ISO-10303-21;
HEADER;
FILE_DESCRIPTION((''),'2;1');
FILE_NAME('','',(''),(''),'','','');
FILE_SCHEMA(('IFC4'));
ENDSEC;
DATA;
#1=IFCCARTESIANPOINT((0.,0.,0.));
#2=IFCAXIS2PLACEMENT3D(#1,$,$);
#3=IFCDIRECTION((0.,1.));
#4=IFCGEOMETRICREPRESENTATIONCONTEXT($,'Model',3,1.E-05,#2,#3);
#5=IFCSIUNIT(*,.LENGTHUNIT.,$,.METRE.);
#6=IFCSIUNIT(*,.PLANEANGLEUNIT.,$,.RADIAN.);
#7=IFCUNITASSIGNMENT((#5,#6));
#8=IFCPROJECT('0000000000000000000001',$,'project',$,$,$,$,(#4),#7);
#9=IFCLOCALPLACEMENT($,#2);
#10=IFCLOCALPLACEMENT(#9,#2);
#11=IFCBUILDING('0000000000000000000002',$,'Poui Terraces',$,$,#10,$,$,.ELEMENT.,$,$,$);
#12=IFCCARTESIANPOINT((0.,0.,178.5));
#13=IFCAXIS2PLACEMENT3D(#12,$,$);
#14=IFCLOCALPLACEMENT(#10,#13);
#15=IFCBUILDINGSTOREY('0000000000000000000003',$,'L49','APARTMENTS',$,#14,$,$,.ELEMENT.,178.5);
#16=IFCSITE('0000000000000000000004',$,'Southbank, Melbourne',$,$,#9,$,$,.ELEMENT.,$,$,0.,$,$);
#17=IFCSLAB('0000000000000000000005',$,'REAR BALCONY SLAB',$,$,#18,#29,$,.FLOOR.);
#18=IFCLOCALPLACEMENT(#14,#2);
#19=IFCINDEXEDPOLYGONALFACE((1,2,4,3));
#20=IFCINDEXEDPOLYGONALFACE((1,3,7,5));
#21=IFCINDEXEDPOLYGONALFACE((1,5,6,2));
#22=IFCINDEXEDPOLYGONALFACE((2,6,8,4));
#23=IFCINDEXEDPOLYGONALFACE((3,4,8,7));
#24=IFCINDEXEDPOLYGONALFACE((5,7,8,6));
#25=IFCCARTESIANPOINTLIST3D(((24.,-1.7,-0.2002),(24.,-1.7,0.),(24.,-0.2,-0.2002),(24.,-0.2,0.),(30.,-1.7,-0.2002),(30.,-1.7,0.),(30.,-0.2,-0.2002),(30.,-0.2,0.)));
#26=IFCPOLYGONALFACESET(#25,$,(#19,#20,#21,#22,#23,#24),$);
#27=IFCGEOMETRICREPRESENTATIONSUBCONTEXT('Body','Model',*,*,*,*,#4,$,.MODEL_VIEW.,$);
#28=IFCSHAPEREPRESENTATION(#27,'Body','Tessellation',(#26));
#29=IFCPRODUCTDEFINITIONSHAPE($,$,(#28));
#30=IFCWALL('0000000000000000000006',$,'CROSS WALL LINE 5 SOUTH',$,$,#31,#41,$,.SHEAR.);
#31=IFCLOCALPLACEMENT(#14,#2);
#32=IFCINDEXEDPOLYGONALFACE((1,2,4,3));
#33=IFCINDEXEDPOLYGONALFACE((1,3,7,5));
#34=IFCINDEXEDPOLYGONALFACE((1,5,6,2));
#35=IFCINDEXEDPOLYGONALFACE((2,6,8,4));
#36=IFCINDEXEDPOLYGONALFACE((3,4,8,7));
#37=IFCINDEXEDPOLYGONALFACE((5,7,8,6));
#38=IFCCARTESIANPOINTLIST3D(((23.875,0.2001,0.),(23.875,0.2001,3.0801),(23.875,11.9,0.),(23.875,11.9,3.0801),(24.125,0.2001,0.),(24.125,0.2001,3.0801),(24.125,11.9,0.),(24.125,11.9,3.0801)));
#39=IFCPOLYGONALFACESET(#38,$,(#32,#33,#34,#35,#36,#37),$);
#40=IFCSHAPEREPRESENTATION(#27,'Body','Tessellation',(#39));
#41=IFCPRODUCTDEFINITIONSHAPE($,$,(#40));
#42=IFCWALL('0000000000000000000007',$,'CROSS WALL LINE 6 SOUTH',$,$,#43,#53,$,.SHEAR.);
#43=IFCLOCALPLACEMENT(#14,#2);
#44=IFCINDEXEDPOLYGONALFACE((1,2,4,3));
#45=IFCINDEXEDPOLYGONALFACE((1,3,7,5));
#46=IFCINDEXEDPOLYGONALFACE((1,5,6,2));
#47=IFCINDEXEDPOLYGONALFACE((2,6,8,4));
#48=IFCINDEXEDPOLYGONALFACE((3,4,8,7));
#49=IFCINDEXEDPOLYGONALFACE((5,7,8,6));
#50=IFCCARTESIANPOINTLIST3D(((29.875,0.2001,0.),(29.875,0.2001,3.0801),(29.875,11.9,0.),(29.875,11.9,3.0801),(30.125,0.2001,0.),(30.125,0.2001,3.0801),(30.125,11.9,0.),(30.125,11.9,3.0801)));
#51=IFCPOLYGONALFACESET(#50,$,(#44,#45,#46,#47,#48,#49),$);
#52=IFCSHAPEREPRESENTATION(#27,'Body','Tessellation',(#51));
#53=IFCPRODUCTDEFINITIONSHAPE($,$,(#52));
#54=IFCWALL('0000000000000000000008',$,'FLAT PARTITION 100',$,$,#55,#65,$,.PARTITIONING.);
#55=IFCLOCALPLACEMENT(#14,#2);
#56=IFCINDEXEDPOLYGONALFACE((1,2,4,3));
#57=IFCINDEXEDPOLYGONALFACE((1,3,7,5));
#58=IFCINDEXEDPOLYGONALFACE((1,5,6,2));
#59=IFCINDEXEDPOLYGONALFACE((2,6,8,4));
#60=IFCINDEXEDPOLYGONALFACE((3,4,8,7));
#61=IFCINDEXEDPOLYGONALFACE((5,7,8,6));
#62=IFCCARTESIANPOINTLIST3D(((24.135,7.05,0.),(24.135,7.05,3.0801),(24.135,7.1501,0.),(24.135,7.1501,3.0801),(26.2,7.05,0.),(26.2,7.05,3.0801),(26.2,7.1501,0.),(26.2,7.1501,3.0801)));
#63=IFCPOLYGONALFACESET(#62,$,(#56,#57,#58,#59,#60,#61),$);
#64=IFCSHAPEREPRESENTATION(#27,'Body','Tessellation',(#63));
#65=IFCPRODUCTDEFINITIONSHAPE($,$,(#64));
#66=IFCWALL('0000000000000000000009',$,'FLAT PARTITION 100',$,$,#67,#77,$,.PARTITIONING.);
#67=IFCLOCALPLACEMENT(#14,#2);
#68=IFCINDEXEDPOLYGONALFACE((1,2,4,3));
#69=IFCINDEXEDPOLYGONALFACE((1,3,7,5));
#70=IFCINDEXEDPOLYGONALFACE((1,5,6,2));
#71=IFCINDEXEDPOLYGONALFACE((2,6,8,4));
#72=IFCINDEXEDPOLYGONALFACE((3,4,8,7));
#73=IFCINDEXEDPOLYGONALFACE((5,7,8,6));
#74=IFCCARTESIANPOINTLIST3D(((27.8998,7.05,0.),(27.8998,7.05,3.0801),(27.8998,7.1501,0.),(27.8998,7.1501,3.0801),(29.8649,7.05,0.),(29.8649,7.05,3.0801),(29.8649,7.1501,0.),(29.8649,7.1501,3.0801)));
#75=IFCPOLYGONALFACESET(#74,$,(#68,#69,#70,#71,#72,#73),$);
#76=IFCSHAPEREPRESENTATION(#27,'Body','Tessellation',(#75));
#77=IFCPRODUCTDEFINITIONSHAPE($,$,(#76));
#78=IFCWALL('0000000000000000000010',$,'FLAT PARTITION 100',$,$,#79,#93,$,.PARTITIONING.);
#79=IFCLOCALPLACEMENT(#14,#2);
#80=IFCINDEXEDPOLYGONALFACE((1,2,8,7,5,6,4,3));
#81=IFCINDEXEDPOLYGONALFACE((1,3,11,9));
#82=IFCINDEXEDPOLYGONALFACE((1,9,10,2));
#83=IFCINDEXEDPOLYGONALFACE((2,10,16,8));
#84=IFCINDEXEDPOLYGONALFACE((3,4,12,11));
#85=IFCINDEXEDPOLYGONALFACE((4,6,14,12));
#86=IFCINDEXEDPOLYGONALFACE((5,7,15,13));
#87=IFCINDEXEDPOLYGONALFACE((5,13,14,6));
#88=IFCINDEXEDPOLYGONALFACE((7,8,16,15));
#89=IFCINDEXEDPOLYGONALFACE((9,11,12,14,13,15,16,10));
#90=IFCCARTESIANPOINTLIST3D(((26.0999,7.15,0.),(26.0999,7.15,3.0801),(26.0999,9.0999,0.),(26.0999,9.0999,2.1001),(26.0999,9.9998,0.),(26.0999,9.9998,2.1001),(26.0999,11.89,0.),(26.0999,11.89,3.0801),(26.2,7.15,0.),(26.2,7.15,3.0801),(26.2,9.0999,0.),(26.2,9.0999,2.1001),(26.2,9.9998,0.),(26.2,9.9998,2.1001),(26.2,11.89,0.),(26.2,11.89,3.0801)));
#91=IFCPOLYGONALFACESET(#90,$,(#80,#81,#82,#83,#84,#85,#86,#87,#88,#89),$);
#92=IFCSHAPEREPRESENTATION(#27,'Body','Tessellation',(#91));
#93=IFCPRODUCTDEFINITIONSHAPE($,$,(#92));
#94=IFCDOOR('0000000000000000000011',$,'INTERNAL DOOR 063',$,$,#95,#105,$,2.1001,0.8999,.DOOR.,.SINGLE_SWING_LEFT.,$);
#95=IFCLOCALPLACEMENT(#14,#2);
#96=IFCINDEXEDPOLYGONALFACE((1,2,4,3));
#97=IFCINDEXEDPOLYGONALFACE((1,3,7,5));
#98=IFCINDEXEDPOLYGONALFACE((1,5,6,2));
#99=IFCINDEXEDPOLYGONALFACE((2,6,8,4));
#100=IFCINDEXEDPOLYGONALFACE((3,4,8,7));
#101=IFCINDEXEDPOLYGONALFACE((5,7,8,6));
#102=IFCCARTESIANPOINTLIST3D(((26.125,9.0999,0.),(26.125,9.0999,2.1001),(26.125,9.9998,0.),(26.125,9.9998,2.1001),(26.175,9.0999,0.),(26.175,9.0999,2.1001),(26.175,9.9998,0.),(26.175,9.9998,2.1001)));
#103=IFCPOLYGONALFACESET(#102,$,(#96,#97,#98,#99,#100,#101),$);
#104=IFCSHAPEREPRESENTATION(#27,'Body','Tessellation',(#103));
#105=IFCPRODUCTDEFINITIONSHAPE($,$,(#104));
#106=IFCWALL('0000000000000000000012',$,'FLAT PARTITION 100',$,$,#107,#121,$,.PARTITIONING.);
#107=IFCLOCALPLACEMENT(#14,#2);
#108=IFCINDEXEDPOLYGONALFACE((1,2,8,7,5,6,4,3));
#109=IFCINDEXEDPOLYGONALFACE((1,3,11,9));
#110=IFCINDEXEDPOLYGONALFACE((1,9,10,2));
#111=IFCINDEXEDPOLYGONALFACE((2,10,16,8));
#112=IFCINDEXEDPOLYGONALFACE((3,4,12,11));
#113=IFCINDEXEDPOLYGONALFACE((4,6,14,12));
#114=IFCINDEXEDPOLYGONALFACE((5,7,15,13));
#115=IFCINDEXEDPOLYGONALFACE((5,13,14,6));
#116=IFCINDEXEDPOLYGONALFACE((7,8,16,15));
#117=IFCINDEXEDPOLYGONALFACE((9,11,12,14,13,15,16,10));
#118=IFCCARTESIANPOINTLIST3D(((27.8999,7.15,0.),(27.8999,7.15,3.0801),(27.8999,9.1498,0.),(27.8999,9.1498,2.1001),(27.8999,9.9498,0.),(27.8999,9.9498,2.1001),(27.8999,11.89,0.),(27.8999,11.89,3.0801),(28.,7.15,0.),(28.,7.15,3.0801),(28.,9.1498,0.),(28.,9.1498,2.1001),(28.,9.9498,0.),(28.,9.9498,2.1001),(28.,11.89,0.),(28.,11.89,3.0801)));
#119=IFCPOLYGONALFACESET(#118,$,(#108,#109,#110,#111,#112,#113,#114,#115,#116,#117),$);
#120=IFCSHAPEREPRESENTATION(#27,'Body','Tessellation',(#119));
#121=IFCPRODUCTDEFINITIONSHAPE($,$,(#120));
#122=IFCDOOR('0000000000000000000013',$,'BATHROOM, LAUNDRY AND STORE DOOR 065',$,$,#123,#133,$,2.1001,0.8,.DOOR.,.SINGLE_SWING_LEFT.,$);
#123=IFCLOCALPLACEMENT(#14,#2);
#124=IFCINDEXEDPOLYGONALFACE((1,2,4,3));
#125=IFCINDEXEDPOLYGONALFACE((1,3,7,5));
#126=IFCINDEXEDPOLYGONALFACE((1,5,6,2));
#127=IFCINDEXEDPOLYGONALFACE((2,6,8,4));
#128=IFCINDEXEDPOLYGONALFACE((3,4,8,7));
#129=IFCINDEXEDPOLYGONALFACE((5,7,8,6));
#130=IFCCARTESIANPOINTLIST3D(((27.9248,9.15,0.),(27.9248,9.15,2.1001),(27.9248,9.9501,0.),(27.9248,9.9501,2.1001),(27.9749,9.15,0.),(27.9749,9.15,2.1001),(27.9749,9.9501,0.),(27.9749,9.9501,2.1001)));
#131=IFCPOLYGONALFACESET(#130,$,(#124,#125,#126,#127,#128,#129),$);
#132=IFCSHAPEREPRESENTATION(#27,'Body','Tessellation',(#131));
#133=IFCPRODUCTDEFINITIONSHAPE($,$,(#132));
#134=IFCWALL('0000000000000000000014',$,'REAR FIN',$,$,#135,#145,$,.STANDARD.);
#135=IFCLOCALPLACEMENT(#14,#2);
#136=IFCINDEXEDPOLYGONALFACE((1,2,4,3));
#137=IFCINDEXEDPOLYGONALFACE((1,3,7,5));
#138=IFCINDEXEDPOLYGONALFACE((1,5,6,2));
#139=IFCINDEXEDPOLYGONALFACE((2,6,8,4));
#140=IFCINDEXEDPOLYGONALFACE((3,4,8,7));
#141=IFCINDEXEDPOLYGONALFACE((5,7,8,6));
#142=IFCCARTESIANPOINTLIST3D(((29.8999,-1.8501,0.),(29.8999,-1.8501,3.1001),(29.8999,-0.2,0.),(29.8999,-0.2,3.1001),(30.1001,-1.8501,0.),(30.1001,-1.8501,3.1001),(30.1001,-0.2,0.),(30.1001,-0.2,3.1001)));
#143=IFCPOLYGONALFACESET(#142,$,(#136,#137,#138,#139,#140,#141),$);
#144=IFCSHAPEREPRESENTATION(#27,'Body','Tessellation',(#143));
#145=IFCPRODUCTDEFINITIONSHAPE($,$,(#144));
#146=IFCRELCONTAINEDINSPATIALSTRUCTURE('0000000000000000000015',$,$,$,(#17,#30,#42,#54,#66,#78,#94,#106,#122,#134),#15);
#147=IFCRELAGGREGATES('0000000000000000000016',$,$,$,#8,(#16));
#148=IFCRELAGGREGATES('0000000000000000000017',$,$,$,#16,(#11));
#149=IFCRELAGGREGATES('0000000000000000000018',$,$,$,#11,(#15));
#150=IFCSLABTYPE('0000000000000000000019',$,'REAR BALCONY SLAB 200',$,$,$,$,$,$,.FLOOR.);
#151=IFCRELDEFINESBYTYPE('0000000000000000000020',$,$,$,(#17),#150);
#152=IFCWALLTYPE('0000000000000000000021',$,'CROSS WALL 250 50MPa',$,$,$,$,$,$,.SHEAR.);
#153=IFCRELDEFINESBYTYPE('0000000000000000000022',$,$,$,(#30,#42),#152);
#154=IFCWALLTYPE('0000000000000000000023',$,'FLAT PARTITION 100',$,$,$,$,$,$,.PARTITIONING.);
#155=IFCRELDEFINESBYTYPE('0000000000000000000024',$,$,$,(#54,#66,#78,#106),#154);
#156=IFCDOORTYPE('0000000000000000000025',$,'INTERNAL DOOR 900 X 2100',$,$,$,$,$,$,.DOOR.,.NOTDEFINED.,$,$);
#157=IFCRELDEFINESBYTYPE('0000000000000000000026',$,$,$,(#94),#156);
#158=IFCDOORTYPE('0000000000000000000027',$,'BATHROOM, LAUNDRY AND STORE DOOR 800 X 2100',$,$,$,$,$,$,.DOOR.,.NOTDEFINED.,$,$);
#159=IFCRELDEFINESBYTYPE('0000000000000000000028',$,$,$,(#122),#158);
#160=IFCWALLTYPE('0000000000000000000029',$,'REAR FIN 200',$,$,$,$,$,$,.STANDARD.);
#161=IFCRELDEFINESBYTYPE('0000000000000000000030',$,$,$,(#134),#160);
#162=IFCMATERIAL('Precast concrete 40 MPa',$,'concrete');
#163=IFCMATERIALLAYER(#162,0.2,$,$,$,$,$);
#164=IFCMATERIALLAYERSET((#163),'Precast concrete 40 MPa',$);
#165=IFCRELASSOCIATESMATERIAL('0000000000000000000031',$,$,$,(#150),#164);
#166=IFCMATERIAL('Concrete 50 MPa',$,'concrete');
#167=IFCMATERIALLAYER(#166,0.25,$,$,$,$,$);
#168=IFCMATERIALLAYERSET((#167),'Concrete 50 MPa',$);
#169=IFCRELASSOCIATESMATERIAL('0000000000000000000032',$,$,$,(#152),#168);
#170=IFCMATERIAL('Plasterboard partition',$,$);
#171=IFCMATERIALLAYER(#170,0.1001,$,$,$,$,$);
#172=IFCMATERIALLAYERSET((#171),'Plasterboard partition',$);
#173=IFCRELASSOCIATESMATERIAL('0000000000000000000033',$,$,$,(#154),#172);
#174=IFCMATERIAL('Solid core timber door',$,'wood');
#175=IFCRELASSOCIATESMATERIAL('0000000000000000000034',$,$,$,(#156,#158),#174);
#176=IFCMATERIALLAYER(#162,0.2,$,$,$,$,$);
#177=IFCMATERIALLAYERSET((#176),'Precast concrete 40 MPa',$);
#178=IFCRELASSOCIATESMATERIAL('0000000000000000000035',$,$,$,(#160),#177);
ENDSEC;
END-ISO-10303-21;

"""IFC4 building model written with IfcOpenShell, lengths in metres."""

from ifc_helpers import new_model, si_unit, direction, frame, frame_2d, origin, place, context, subcontext, project, spatial, polyline, rectangle, outline, extrude, source, transform, mapped, material, layer, layer_set, type_object, element, fill, save


model = new_model("IFC4")

# Units and contexts
model_context = context("Model", 3, precision=1e-05, world=origin(), true_north=direction((0.0, 1.0)))
body_context = subcontext(model_context, "Body", "Model", "MODEL_VIEW")
ifc_project = project(units=[si_unit("LENGTHUNIT", "METRE"), si_unit("PLANEANGLEUNIT", "RADIAN")], contexts=[model_context])

# Site, building, storey
site_placement = place(None, origin())
site = spatial("IfcSite", under=ifc_project, at=site_placement, Name="Southbank, Melbourne", CompositionType="ELEMENT", RefElevation=0.0)
building_placement = place(site_placement, origin())
building = spatial("IfcBuilding", under=site, at=building_placement, Name="Poui Terraces", CompositionType="ELEMENT")
storey_placement = place(building_placement, frame((0.0, 0.0, 178.5)))
storey = spatial("IfcBuildingStorey", under=building, at=storey_placement, Name="L49", Description="APARTMENTS", CompositionType="ELEMENT", Elevation=178.5)

# Slab
ifc_material_1 = material(Name="Precast concrete 40 MPa", Category="concrete")
ifc_layer_1 = layer(ifc_material_1, 0.2)
ifc_layer_set_1 = layer_set([ifc_layer_1], Name="Precast concrete 40 MPa")
slab_type = type_object("IfcSlabType", Name="REAR BALCONY SLAB 200", PredefinedType="FLOOR", material=ifc_layer_set_1)
shared_shape_1 = source(origin(), body_context, "Body", "SweptSolid", [
    extrude(outline(polyline([(0.0, 0.0), (6.0, 0.0), (6.0, 1.5), (0.0, 1.5), (0.0, 0.0)])), origin(), (0.0, 0.0, 1.0), 0.2002),
])
slab_placement = place(storey_placement, frame((24.0, -1.7, -0.2002)))
element("IfcSlab", 1, at=slab_placement, inside=storey, type_object=slab_type, Name="REAR BALCONY SLAB", PredefinedType="FLOOR", context=body_context, shape_type="MappedRepresentation", body=[
    mapped(shared_shape_1, transform((0.0, 0.0, 0.0))),
])

# Walls
ifc_material_2 = material(Name="Concrete 50 MPa", Category="concrete")
ifc_layer_2 = layer(ifc_material_2, 0.25)
ifc_layer_set_2 = layer_set([ifc_layer_2], Name="Concrete 50 MPa")
wall_type_1 = type_object("IfcWallType", Name="CROSS WALL 250 50MPa", PredefinedType="SHEAR", material=ifc_layer_set_2)
for number, where, z_axis, x_axis, name in (
    (2, (24.0, 0.2, 0.0), (0.0, 0.0, 1.0), (0.0, 1.0, 0.0), "CROSS WALL LINE 5 SOUTH"),
    (3, (30.0, 0.2, 0.0), (0.0, 0.0, 1.0), (0.0, 1.0, 0.0), "CROSS WALL LINE 6 SOUTH"),
):
    element("IfcWall", number, at=place(storey_placement, frame(where, z_axis=z_axis, x_axis=x_axis)), inside=storey, type_object=wall_type_1, Name=name, PredefinedType="SHEAR", context=body_context, shape_type="SweptSolid", body=[
        extrude(rectangle(XDim=11.7, YDim=0.25, at=frame_2d((5.8501, 0.0))), origin(), (0.0, 0.0, 1.0), 3.0801),
    ])
ifc_material_3 = material(Name="Plasterboard partition")
ifc_layer_3 = layer(ifc_material_3, 0.1001)
ifc_layer_set_3 = layer_set([ifc_layer_3], Name="Plasterboard partition")
wall_type_2 = type_object("IfcWallType", Name="FLAT PARTITION 100", PredefinedType="PARTITIONING", material=ifc_layer_set_3)
wall_1_placement = place(storey_placement, frame((24.135, 7.1001, 0.0), z_axis=(0.0, 0.0, 1.0), x_axis=(1.0, 0.0, 0.0)))
element("IfcWall", 4, at=wall_1_placement, inside=storey, type_object=wall_type_2, Name="FLAT PARTITION 100", PredefinedType="PARTITIONING", context=body_context, shape_type="SweptSolid", body=[
    extrude(rectangle(XDim=2.0649, YDim=0.1001, at=frame_2d((1.0325, 0.0))), origin(), (0.0, 0.0, 1.0), 3.0801),
])
wall_2_placement = place(storey_placement, frame((27.8999, 7.1001, 0.0), z_axis=(0.0, 0.0, 1.0), x_axis=(1.0, 0.0, 0.0)))
element("IfcWall", 5, at=wall_2_placement, inside=storey, type_object=wall_type_2, Name="FLAT PARTITION 100", PredefinedType="PARTITIONING", context=body_context, shape_type="SweptSolid", body=[
    extrude(rectangle(XDim=1.9651, YDim=0.1001, at=frame_2d((0.9824, 0.0))), origin(), (0.0, 0.0, 1.0), 3.0801),
])

# Walls, openings, doors
wall_3_placement = place(storey_placement, frame((26.1499, 7.1499, 0.0), z_axis=(0.0, 0.0, 1.0), x_axis=(0.0, 1.0, 0.0)))
wall_3 = element("IfcWall", 6, at=wall_3_placement, inside=storey, type_object=wall_type_2, Name="FLAT PARTITION 100", PredefinedType="PARTITIONING", context=body_context, shape_type="SweptSolid", body=[
    extrude(rectangle(XDim=4.74, YDim=0.1001, at=frame_2d((2.3701, 0.0))), origin(), (0.0, 0.0, 1.0), 3.0801),
])
opening_1_placement = place(wall_3_placement, frame((1.95, 0.0, 0.0)))
opening_1 = element("IfcOpeningElement", 7, at=opening_1_placement, cuts=wall_3, PredefinedType="OPENING", context=body_context, shape_type="SweptSolid", body=[
    extrude(rectangle(XDim=0.8999, YDim=2.1001, at=frame_2d((0.45, 1.05))), frame((0.0, 0.0601, 0.0), z_axis=(0.0, -1.0, 0.0), x_axis=(1.0, 0.0, 0.0)), (0.0, 0.0, 1.0), 0.1201),
])
ifc_material_4 = material(Name="Solid core timber door", Category="wood")
door_type_1 = type_object("IfcDoorType", Name="INTERNAL DOOR 900 X 2100", OperationType="NOTDEFINED", PredefinedType="DOOR", material=ifc_material_4)
door_1_placement = place(opening_1_placement, origin())
door_1 = element("IfcDoor", 8, at=door_1_placement, inside=storey, type_object=door_type_1, Name="INTERNAL DOOR 063", OperationType="SINGLE_SWING_LEFT", OverallHeight=2.1001, OverallWidth=0.8999, PredefinedType="DOOR", context=body_context, shape_type="SweptSolid", body=[
    extrude(rectangle(XDim=0.8999, YDim=2.1001, at=frame_2d((0.45, 1.05))), frame((0.0, 0.0249, 0.0), z_axis=(0.0, -1.0, 0.0), x_axis=(1.0, 0.0, 0.0)), (0.0, 0.0, 1.0), 0.05),
])
fill(opening_1, door_1)
wall_4_placement = place(storey_placement, frame((27.95, 7.1499, 0.0), z_axis=(0.0, 0.0, 1.0), x_axis=(0.0, 1.0, 0.0)))
wall_4 = element("IfcWall", 9, at=wall_4_placement, inside=storey, type_object=wall_type_2, Name="FLAT PARTITION 100", PredefinedType="PARTITIONING", context=body_context, shape_type="SweptSolid", body=[
    extrude(rectangle(XDim=4.74, YDim=0.1001, at=frame_2d((2.3701, 0.0))), origin(), (0.0, 0.0, 1.0), 3.0801),
])
opening_2_placement = place(wall_4_placement, frame((2.0, 0.0, 0.0)))
opening_2 = element("IfcOpeningElement", 10, at=opening_2_placement, cuts=wall_4, PredefinedType="OPENING", context=body_context, shape_type="SweptSolid", body=[
    extrude(rectangle(XDim=0.8, YDim=2.1001, at=frame_2d((0.3999, 1.05))), frame((0.0, 0.0601, 0.0), z_axis=(0.0, -1.0, 0.0), x_axis=(1.0, 0.0, 0.0)), (0.0, 0.0, 1.0), 0.1201),
])
door_type_2 = type_object("IfcDoorType", Name="BATHROOM, LAUNDRY AND STORE DOOR 800 X 2100", OperationType="NOTDEFINED", PredefinedType="DOOR", material=ifc_material_4)
door_2_placement = place(opening_2_placement, frame((0.8, 0.0, 0.0), z_axis=(0.0, 0.0, 1.0), x_axis=(-1.0, 0.0, 0.0)))
door_2 = element("IfcDoor", 11, at=door_2_placement, inside=storey, type_object=door_type_2, Name="BATHROOM, LAUNDRY AND STORE DOOR 065", OperationType="SINGLE_SWING_LEFT", OverallHeight=2.1001, OverallWidth=0.8, PredefinedType="DOOR", context=body_context, shape_type="SweptSolid", body=[
    extrude(rectangle(XDim=0.8, YDim=2.1001, at=frame_2d((0.3999, 1.05))), frame((0.0, 0.0249, 0.0), z_axis=(0.0, -1.0, 0.0), x_axis=(1.0, 0.0, 0.0)), (0.0, 0.0, 1.0), 0.05),
])
fill(opening_2, door_2)

# Wall
ifc_layer_4 = layer(ifc_material_1, 0.2)
ifc_layer_set_4 = layer_set([ifc_layer_4], Name="Precast concrete 40 MPa")
wall_type_3 = type_object("IfcWallType", Name="REAR FIN 200", PredefinedType="STANDARD", material=ifc_layer_set_4)
shared_shape_2 = source(origin(), body_context, "Body", "SweptSolid", [
    extrude(outline(polyline([(0.0, 0.0), (0.2002, 0.0), (0.2002, 1.6501), (0.0, 1.6501), (0.0, 0.0)])), origin(), (0.0, 0.0, 1.0), 3.1001),
])
wall_5_placement = place(storey_placement, frame((29.8999, -1.8501, 0.0)))
element("IfcWall", 12, at=wall_5_placement, inside=storey, type_object=wall_type_3, Name="REAR FIN", PredefinedType="STANDARD", context=body_context, shape_type="MappedRepresentation", body=[
    mapped(shared_shape_2, transform((0.0, 0.0, 0.0))),
])

save(model, "model.ifc")
